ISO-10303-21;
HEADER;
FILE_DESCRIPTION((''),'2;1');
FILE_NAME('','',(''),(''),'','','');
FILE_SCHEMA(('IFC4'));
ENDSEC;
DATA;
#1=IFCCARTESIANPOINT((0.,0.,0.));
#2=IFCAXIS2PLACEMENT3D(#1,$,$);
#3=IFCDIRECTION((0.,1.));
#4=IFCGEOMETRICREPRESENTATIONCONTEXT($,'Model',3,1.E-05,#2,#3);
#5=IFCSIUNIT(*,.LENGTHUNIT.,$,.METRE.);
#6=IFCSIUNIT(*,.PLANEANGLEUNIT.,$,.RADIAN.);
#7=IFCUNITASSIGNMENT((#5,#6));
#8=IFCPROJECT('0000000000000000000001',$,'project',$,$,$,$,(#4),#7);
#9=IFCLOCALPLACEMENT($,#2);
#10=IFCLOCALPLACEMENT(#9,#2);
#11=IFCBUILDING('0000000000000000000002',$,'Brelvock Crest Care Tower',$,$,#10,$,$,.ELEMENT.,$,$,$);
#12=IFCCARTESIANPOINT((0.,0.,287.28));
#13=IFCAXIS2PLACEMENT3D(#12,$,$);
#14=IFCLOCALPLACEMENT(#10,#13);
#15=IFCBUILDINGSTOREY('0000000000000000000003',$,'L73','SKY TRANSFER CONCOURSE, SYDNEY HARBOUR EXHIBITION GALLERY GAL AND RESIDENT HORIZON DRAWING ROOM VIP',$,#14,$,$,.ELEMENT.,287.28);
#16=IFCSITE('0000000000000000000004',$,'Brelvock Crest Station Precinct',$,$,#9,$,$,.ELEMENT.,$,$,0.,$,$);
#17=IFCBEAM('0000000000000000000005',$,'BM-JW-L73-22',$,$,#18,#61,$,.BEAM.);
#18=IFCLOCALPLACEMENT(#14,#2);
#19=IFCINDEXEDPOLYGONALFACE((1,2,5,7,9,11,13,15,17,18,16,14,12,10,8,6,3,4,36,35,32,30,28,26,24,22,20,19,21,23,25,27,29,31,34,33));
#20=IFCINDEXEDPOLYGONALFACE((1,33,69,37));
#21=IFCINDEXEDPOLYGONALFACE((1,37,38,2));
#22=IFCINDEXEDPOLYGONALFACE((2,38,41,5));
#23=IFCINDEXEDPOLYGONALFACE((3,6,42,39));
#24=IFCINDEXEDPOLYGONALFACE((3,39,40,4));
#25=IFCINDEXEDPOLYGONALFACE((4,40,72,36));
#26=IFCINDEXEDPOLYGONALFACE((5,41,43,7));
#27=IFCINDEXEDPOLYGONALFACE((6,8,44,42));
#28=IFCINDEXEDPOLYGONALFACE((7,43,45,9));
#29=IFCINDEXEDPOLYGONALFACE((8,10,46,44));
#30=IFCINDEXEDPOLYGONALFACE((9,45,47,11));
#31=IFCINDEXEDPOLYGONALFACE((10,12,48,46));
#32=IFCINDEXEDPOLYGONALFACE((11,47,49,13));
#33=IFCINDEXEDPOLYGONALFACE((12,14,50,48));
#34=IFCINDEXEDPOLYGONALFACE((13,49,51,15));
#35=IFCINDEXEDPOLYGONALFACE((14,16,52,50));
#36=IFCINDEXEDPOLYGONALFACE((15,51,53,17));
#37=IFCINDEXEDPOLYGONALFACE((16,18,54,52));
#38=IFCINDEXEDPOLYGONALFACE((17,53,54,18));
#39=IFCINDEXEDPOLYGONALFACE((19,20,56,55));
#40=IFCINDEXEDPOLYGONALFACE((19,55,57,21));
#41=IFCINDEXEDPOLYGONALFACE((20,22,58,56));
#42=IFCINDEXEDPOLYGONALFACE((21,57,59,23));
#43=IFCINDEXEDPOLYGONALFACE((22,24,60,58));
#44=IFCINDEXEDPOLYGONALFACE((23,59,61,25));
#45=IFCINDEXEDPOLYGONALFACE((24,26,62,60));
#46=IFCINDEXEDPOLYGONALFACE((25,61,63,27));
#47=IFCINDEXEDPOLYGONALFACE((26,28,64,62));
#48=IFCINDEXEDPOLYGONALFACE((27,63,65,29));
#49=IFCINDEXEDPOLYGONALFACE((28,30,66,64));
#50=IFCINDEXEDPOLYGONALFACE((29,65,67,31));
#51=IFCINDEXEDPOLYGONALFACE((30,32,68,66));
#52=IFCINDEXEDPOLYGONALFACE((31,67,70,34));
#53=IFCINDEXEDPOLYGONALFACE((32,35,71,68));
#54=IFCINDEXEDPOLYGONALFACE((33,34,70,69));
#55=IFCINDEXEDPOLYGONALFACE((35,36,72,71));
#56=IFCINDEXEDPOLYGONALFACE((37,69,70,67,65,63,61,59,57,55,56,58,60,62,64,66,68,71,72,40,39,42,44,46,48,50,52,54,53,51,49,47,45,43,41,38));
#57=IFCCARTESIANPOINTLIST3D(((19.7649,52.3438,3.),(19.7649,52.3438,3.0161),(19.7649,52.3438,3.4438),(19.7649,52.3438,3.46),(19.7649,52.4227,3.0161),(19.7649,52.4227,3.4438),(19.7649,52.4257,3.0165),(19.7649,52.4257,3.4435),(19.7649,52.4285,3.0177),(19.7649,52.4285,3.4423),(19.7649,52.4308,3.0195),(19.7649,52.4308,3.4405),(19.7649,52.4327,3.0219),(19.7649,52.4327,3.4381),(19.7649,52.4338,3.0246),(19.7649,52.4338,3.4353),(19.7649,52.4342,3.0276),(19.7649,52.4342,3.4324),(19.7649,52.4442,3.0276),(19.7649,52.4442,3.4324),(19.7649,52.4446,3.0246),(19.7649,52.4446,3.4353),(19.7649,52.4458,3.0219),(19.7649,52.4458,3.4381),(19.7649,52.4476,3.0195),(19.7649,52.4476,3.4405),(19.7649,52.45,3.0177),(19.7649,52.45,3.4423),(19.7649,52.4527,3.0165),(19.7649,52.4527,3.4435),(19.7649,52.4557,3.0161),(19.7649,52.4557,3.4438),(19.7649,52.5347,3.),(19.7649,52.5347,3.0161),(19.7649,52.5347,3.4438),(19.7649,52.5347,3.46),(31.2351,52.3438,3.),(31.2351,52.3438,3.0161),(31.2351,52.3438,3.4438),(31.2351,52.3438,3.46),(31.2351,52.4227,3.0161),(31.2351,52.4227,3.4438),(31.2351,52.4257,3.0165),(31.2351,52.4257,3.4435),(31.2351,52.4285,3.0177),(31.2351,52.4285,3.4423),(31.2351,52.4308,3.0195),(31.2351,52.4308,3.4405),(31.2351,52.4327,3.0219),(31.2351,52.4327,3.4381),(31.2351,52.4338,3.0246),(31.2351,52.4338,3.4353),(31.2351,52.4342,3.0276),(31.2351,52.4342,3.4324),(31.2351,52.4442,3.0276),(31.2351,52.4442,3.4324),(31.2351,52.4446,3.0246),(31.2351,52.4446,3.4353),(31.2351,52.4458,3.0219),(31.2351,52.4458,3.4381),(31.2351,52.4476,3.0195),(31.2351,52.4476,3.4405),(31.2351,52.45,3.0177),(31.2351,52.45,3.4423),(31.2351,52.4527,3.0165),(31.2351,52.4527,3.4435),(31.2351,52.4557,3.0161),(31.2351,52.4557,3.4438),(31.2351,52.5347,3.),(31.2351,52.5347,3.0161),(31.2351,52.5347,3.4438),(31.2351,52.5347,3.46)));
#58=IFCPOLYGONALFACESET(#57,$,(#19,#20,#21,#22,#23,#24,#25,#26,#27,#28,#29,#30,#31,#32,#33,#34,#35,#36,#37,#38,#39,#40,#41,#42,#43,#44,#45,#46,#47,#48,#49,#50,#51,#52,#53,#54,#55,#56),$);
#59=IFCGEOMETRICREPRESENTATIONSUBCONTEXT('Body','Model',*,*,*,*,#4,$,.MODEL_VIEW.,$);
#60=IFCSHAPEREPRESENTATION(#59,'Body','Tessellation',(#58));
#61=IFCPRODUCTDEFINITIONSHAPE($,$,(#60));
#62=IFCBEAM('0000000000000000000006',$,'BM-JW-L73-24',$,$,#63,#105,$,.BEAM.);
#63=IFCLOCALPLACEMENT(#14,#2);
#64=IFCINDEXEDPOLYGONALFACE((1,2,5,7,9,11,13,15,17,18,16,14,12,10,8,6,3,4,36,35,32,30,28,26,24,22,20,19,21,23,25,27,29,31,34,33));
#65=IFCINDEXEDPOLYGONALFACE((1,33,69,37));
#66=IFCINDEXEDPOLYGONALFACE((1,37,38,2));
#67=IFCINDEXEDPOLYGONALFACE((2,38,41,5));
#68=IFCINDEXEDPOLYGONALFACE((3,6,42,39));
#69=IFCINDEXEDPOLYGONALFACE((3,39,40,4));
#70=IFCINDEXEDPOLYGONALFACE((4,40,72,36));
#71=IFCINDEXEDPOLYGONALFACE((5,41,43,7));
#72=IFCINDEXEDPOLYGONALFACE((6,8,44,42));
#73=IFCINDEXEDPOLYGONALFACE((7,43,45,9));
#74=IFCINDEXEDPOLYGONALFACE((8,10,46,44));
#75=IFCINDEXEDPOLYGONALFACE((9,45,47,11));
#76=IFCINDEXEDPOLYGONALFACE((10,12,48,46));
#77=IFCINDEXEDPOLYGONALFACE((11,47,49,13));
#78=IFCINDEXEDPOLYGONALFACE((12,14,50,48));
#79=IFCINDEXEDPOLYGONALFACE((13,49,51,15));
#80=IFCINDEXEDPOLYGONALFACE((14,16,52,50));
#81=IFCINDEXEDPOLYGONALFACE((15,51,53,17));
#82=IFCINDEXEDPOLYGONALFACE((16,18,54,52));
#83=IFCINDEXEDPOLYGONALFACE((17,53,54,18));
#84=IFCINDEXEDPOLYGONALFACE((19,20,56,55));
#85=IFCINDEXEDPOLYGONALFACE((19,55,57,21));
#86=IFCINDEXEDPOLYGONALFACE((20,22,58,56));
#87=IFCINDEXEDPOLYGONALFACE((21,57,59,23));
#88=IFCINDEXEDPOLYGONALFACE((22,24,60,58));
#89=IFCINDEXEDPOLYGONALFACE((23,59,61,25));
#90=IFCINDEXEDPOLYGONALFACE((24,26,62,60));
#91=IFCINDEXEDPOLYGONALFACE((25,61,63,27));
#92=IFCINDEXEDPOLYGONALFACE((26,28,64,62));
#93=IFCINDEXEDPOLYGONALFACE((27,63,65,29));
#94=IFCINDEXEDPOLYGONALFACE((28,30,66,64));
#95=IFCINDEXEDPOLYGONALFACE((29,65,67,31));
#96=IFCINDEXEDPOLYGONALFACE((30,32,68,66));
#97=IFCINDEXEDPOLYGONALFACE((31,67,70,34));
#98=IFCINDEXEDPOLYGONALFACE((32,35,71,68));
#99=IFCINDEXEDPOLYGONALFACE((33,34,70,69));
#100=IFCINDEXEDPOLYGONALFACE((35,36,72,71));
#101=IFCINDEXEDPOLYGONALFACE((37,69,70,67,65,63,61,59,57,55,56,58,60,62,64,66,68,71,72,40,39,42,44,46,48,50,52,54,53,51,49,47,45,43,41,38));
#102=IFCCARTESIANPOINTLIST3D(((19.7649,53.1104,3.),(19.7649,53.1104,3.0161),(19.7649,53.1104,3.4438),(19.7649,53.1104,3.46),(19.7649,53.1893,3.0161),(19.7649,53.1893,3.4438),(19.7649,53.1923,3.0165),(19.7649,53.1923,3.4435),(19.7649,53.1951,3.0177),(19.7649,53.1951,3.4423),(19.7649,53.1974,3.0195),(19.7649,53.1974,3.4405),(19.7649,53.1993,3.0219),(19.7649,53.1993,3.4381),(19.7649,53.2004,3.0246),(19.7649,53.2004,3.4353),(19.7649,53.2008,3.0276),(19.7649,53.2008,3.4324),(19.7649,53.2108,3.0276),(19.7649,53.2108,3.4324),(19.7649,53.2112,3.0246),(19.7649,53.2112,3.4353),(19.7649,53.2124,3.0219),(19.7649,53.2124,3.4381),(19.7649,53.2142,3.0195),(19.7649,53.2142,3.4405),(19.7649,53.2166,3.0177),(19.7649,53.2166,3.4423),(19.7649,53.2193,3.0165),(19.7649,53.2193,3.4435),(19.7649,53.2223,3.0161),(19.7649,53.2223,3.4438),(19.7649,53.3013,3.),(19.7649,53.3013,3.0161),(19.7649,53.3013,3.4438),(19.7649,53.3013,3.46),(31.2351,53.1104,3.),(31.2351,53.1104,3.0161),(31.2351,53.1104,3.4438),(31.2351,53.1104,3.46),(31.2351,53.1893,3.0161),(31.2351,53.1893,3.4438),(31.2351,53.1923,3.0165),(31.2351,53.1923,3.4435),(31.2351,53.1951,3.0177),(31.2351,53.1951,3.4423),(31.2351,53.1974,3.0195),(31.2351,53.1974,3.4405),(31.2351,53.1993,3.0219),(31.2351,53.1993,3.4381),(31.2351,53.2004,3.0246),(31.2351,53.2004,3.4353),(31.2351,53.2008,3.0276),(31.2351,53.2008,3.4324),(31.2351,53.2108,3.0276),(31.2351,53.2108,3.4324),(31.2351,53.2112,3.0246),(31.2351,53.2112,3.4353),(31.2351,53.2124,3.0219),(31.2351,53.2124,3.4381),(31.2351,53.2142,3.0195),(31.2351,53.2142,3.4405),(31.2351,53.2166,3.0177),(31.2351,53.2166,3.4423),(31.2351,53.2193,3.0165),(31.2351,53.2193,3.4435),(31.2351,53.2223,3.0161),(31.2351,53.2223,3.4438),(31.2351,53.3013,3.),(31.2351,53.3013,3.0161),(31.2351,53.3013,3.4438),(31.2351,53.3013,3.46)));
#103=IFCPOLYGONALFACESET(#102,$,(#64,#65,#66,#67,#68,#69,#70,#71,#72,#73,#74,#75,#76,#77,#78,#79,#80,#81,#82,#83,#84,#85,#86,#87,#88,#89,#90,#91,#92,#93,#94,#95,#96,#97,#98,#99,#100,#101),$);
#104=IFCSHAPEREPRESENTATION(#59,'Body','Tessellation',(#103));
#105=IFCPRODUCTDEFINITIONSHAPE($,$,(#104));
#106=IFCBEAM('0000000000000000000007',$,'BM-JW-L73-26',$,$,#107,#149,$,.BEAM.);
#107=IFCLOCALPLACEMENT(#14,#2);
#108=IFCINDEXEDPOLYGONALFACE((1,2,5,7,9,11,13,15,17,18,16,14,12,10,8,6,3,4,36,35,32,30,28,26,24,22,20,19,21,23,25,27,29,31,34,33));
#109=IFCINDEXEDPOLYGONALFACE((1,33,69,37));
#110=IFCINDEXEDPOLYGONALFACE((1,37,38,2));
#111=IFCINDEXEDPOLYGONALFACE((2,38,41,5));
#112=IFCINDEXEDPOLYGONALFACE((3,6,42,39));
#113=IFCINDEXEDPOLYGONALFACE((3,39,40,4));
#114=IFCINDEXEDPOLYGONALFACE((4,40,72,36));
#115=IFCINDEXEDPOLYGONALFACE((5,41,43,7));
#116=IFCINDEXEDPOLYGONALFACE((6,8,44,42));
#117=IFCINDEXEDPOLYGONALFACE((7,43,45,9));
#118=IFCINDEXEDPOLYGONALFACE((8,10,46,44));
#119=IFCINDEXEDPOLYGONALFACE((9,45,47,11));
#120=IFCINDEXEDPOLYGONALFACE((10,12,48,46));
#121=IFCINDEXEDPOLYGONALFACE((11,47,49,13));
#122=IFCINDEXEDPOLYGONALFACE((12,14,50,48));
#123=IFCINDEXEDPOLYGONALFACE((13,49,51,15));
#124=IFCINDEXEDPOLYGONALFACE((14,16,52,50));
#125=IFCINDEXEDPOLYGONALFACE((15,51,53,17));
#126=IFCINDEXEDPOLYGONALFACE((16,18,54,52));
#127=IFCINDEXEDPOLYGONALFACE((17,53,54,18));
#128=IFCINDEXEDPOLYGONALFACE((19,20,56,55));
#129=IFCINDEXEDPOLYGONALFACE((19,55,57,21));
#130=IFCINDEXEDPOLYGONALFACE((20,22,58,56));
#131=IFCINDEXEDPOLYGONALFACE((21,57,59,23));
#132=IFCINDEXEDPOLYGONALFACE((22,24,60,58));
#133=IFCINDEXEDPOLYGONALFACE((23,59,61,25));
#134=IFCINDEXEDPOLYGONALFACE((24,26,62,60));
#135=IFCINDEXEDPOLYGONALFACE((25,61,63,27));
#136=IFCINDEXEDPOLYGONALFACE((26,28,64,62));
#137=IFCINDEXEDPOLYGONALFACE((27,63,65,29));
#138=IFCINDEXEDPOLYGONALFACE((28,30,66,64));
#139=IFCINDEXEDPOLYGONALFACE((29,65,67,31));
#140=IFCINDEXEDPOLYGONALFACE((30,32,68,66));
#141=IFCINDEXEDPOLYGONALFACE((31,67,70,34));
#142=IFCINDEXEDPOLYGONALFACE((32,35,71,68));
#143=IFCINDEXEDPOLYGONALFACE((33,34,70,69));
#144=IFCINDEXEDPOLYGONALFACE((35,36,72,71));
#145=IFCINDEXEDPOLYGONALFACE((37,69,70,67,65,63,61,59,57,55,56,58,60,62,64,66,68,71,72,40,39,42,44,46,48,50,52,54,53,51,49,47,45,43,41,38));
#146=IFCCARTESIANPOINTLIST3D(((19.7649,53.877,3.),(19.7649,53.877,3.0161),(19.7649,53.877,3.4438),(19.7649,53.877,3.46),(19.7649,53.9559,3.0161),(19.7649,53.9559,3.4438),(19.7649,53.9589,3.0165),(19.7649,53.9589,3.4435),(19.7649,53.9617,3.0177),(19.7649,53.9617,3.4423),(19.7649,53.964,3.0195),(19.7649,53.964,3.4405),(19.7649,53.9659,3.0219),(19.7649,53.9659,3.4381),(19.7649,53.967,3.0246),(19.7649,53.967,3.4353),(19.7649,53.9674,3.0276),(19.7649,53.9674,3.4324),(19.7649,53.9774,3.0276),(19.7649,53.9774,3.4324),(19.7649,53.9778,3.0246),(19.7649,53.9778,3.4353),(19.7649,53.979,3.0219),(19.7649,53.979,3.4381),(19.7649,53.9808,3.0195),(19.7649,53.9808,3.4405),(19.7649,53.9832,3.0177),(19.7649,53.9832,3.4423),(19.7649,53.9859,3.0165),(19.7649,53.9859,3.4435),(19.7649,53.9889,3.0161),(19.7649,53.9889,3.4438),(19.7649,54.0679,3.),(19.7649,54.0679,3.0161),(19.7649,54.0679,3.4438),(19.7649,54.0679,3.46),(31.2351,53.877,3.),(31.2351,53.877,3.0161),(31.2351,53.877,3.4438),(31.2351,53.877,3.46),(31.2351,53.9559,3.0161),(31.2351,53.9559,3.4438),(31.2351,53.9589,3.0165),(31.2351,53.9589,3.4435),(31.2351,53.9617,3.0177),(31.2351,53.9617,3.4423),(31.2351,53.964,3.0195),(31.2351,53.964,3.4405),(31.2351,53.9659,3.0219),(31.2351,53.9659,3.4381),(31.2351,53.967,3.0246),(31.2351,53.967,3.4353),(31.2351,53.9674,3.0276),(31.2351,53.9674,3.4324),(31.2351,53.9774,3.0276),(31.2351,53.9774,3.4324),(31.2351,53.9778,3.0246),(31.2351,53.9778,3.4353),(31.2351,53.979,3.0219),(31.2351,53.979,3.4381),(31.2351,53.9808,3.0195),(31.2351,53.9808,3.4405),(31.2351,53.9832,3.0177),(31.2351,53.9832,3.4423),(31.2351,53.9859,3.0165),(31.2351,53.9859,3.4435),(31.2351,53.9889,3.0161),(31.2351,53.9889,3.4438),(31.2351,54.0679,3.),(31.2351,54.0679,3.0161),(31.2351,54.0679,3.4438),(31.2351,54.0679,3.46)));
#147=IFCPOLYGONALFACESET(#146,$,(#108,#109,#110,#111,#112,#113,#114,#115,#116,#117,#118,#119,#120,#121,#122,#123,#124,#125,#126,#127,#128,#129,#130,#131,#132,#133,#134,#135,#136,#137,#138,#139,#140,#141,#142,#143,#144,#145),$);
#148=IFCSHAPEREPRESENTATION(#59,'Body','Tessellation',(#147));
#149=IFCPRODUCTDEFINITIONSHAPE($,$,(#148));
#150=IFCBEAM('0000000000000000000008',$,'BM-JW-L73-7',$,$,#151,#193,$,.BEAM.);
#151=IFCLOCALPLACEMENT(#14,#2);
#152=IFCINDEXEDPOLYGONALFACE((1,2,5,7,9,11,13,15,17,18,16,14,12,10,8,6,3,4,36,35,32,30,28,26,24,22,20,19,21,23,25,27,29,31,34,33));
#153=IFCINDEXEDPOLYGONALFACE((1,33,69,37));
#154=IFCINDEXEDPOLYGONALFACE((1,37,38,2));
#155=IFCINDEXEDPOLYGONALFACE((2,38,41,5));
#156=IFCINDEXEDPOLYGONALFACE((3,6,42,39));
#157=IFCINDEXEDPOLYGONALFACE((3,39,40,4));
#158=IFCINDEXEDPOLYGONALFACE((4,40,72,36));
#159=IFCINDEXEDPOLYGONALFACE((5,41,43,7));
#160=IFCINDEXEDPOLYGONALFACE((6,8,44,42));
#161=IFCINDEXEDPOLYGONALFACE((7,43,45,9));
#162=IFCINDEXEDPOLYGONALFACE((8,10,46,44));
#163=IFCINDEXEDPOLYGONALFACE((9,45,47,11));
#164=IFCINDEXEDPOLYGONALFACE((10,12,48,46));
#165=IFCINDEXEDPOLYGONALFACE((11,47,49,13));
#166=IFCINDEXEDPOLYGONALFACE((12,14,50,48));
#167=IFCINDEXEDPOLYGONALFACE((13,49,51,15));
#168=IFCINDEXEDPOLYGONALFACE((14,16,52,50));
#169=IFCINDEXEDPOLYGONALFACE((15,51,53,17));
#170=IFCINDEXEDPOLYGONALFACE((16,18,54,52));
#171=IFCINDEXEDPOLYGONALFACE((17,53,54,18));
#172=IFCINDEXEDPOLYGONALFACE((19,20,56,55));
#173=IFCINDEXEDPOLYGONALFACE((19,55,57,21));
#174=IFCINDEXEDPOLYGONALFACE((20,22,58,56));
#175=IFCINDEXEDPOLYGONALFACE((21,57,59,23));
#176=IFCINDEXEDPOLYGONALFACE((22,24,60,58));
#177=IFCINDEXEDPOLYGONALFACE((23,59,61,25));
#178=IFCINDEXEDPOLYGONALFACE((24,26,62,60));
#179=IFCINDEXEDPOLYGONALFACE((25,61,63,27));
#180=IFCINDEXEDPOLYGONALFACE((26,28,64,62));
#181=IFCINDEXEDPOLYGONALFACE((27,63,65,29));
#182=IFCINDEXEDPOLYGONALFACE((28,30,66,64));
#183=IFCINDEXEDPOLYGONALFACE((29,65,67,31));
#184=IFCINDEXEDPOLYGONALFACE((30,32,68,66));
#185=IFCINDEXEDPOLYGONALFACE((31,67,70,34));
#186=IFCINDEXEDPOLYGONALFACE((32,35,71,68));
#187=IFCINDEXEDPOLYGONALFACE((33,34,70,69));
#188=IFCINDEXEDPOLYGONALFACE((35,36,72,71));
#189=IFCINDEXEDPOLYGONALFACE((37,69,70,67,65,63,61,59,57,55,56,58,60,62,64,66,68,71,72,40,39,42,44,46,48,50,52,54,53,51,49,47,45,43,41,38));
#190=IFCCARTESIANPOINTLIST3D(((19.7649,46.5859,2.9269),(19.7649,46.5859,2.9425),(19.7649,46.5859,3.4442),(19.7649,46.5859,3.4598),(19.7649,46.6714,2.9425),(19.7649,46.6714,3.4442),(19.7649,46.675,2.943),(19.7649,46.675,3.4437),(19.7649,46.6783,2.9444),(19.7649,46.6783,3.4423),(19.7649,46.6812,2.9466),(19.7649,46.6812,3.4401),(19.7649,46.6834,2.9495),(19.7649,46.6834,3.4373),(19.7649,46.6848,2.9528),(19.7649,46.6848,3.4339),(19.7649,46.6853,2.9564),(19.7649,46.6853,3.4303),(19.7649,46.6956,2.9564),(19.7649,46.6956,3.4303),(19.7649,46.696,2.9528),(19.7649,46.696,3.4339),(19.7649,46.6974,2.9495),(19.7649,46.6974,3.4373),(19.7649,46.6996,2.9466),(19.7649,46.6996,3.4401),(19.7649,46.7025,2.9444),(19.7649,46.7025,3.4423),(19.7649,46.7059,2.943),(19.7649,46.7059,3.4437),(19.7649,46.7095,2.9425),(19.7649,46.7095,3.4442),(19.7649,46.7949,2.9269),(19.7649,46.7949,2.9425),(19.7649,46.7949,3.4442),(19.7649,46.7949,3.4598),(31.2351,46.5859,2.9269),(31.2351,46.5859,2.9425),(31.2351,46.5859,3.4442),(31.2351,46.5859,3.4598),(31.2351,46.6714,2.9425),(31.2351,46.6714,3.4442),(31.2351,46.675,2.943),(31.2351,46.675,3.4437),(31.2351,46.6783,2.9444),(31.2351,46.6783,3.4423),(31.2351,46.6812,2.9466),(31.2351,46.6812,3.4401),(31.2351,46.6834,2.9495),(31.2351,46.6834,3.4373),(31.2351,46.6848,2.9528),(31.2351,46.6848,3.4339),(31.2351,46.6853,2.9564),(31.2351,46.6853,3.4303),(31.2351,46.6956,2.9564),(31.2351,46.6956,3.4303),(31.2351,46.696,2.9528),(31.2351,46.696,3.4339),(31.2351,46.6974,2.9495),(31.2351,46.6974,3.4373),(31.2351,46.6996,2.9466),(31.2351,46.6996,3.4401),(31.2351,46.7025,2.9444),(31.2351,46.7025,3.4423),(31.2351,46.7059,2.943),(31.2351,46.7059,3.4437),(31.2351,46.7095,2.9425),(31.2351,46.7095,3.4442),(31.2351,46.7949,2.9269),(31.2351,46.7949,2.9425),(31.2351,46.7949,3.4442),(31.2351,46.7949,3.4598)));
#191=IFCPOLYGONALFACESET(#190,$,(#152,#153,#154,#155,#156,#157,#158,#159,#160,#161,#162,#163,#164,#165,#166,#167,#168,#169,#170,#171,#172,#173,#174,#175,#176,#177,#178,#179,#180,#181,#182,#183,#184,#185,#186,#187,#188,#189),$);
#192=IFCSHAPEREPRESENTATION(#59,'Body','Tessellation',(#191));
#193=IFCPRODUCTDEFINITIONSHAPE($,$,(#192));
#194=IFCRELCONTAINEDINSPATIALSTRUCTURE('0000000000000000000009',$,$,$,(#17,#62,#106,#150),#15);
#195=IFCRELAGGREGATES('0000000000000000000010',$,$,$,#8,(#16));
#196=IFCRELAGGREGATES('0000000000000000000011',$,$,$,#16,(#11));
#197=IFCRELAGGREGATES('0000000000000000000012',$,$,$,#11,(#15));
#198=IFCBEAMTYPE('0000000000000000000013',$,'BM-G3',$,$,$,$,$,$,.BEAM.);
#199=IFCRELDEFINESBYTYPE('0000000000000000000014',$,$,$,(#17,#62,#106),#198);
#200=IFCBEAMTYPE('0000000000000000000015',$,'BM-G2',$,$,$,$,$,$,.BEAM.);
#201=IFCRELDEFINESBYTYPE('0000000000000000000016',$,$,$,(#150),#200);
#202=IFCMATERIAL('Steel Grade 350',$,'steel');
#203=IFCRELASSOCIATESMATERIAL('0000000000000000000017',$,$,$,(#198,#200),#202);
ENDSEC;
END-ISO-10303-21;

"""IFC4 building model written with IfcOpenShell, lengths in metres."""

from ifc_helpers import new_model, si_unit, direction, frame, origin, origin_2d, place, context, subcontext, project, spatial, i_section, extrude, source, transform, mapped, material, material_profile, profile_set, type_object, element, save


model = new_model("IFC4")

# Units and contexts
model_context = context("Model", 3, precision=1e-05, world=origin(), true_north=direction((0.0, 1.0)))
body_context = subcontext(model_context, "Body", "Model", "MODEL_VIEW")
ifc_project = project(units=[si_unit("LENGTHUNIT", "METRE"), si_unit("PLANEANGLEUNIT", "RADIAN")], contexts=[model_context])

# Site, building, storey
site_placement = place(None, origin())
site = spatial("IfcSite", under=ifc_project, at=site_placement, Name="Brelvock Crest Station Precinct", CompositionType="ELEMENT", RefElevation=0.0)
building_placement = place(site_placement, origin())
building = spatial("IfcBuilding", under=site, at=building_placement, Name="Brelvock Crest Care Tower", CompositionType="ELEMENT")
storey_placement = place(building_placement, frame((0.0, 0.0, 287.28)))
storey = spatial("IfcBuildingStorey", under=building, at=storey_placement, Name="L73", Description="SKY TRANSFER CONCOURSE, SYDNEY HARBOUR EXHIBITION GALLERY GAL AND RESIDENT HORIZON DRAWING ROOM VIP", CompositionType="ELEMENT", Elevation=287.28)

# Beams
ifc_material_1 = material(Name="Steel Grade 350", Category="steel")
ifc_material_profile_1 = material_profile(ifc_material_1, i_section(OverallWidth=0.1909, OverallDepth=0.46, WebThickness=0.01, FlangeThickness=0.0161, FilletRadius=0.0115, at=origin_2d()), Name="460UB82.1")
ifc_profile_set_1 = profile_set([ifc_material_profile_1], Name="Steel Grade 350")
beam_type_1 = type_object("IfcBeamType", Name="BM-G3", PredefinedType="BEAM", material=ifc_profile_set_1)
shared_shape_1 = source(origin(), body_context, "Body", "SweptSolid", [
    extrude(i_section(OverallWidth=0.1909, OverallDepth=0.46, WebThickness=0.01, FlangeThickness=0.0161, FilletRadius=0.0115, at=origin_2d()), origin(), (0.0, 0.0, 1.0), 11.4702),
])
for number, where, z_axis, x_axis, name in (
    (1, (19.7649, 52.4392, 3.23), (1.0, 0.0, 0.0), (0.0, 1.0, 0.0), "BM-JW-L73-22"),
    (2, (19.7649, 53.2058, 3.23), (1.0, 0.0, 0.0), (0.0, 1.0, 0.0), "BM-JW-L73-24"),
    (3, (19.7649, 53.9724, 3.23), (1.0, 0.0, 0.0), (0.0, 1.0, 0.0), "BM-JW-L73-26"),
):
    element("IfcBeam", number, at=place(storey_placement, frame(where, z_axis=z_axis, x_axis=x_axis)), inside=storey, type_object=beam_type_1, Name=name, PredefinedType="BEAM", context=body_context, shape_type="MappedRepresentation", body=[
        mapped(shared_shape_1, transform((0.0, 0.0, 0.0), x_axis=(1.0, 0.0, 0.0), y_axis=(0.0, 1.0, 0.0), z_axis=(0.0, 0.0, 1.0), scale=1.0)),
    ])
ifc_material_profile_2 = material_profile(ifc_material_1, i_section(OverallWidth=0.209, OverallDepth=0.533, WebThickness=0.0103, FlangeThickness=0.0156, FilletRadius=0.0139, at=origin_2d()), Name="530UB92.4")
ifc_profile_set_2 = profile_set([ifc_material_profile_2], Name="Steel Grade 350")
beam_type_2 = type_object("IfcBeamType", Name="BM-G2", PredefinedType="BEAM", material=ifc_profile_set_2)
shared_shape_2 = source(origin(), body_context, "Body", "SweptSolid", [
    extrude(i_section(OverallWidth=0.209, OverallDepth=0.533, WebThickness=0.0103, FlangeThickness=0.0156, FilletRadius=0.0139, at=origin_2d()), origin(), (0.0, 0.0, 1.0), 11.4702),
])
for number, where, z_axis, x_axis, name in (
    (4, (19.7649, 46.6904, 3.1934), (1.0, 0.0, 0.0), (0.0, 1.0, 0.0), "BM-JW-L73-7"),
):
    element("IfcBeam", number, at=place(storey_placement, frame(where, z_axis=z_axis, x_axis=x_axis)), inside=storey, type_object=beam_type_2, Name=name, PredefinedType="BEAM", context=body_context, shape_type="MappedRepresentation", body=[
        mapped(shared_shape_2, transform((0.0, 0.0, 0.0), x_axis=(1.0, 0.0, 0.0), y_axis=(0.0, 1.0, 0.0), z_axis=(0.0, 0.0, 1.0), scale=1.0)),
    ])

save(model, "model.ifc")
